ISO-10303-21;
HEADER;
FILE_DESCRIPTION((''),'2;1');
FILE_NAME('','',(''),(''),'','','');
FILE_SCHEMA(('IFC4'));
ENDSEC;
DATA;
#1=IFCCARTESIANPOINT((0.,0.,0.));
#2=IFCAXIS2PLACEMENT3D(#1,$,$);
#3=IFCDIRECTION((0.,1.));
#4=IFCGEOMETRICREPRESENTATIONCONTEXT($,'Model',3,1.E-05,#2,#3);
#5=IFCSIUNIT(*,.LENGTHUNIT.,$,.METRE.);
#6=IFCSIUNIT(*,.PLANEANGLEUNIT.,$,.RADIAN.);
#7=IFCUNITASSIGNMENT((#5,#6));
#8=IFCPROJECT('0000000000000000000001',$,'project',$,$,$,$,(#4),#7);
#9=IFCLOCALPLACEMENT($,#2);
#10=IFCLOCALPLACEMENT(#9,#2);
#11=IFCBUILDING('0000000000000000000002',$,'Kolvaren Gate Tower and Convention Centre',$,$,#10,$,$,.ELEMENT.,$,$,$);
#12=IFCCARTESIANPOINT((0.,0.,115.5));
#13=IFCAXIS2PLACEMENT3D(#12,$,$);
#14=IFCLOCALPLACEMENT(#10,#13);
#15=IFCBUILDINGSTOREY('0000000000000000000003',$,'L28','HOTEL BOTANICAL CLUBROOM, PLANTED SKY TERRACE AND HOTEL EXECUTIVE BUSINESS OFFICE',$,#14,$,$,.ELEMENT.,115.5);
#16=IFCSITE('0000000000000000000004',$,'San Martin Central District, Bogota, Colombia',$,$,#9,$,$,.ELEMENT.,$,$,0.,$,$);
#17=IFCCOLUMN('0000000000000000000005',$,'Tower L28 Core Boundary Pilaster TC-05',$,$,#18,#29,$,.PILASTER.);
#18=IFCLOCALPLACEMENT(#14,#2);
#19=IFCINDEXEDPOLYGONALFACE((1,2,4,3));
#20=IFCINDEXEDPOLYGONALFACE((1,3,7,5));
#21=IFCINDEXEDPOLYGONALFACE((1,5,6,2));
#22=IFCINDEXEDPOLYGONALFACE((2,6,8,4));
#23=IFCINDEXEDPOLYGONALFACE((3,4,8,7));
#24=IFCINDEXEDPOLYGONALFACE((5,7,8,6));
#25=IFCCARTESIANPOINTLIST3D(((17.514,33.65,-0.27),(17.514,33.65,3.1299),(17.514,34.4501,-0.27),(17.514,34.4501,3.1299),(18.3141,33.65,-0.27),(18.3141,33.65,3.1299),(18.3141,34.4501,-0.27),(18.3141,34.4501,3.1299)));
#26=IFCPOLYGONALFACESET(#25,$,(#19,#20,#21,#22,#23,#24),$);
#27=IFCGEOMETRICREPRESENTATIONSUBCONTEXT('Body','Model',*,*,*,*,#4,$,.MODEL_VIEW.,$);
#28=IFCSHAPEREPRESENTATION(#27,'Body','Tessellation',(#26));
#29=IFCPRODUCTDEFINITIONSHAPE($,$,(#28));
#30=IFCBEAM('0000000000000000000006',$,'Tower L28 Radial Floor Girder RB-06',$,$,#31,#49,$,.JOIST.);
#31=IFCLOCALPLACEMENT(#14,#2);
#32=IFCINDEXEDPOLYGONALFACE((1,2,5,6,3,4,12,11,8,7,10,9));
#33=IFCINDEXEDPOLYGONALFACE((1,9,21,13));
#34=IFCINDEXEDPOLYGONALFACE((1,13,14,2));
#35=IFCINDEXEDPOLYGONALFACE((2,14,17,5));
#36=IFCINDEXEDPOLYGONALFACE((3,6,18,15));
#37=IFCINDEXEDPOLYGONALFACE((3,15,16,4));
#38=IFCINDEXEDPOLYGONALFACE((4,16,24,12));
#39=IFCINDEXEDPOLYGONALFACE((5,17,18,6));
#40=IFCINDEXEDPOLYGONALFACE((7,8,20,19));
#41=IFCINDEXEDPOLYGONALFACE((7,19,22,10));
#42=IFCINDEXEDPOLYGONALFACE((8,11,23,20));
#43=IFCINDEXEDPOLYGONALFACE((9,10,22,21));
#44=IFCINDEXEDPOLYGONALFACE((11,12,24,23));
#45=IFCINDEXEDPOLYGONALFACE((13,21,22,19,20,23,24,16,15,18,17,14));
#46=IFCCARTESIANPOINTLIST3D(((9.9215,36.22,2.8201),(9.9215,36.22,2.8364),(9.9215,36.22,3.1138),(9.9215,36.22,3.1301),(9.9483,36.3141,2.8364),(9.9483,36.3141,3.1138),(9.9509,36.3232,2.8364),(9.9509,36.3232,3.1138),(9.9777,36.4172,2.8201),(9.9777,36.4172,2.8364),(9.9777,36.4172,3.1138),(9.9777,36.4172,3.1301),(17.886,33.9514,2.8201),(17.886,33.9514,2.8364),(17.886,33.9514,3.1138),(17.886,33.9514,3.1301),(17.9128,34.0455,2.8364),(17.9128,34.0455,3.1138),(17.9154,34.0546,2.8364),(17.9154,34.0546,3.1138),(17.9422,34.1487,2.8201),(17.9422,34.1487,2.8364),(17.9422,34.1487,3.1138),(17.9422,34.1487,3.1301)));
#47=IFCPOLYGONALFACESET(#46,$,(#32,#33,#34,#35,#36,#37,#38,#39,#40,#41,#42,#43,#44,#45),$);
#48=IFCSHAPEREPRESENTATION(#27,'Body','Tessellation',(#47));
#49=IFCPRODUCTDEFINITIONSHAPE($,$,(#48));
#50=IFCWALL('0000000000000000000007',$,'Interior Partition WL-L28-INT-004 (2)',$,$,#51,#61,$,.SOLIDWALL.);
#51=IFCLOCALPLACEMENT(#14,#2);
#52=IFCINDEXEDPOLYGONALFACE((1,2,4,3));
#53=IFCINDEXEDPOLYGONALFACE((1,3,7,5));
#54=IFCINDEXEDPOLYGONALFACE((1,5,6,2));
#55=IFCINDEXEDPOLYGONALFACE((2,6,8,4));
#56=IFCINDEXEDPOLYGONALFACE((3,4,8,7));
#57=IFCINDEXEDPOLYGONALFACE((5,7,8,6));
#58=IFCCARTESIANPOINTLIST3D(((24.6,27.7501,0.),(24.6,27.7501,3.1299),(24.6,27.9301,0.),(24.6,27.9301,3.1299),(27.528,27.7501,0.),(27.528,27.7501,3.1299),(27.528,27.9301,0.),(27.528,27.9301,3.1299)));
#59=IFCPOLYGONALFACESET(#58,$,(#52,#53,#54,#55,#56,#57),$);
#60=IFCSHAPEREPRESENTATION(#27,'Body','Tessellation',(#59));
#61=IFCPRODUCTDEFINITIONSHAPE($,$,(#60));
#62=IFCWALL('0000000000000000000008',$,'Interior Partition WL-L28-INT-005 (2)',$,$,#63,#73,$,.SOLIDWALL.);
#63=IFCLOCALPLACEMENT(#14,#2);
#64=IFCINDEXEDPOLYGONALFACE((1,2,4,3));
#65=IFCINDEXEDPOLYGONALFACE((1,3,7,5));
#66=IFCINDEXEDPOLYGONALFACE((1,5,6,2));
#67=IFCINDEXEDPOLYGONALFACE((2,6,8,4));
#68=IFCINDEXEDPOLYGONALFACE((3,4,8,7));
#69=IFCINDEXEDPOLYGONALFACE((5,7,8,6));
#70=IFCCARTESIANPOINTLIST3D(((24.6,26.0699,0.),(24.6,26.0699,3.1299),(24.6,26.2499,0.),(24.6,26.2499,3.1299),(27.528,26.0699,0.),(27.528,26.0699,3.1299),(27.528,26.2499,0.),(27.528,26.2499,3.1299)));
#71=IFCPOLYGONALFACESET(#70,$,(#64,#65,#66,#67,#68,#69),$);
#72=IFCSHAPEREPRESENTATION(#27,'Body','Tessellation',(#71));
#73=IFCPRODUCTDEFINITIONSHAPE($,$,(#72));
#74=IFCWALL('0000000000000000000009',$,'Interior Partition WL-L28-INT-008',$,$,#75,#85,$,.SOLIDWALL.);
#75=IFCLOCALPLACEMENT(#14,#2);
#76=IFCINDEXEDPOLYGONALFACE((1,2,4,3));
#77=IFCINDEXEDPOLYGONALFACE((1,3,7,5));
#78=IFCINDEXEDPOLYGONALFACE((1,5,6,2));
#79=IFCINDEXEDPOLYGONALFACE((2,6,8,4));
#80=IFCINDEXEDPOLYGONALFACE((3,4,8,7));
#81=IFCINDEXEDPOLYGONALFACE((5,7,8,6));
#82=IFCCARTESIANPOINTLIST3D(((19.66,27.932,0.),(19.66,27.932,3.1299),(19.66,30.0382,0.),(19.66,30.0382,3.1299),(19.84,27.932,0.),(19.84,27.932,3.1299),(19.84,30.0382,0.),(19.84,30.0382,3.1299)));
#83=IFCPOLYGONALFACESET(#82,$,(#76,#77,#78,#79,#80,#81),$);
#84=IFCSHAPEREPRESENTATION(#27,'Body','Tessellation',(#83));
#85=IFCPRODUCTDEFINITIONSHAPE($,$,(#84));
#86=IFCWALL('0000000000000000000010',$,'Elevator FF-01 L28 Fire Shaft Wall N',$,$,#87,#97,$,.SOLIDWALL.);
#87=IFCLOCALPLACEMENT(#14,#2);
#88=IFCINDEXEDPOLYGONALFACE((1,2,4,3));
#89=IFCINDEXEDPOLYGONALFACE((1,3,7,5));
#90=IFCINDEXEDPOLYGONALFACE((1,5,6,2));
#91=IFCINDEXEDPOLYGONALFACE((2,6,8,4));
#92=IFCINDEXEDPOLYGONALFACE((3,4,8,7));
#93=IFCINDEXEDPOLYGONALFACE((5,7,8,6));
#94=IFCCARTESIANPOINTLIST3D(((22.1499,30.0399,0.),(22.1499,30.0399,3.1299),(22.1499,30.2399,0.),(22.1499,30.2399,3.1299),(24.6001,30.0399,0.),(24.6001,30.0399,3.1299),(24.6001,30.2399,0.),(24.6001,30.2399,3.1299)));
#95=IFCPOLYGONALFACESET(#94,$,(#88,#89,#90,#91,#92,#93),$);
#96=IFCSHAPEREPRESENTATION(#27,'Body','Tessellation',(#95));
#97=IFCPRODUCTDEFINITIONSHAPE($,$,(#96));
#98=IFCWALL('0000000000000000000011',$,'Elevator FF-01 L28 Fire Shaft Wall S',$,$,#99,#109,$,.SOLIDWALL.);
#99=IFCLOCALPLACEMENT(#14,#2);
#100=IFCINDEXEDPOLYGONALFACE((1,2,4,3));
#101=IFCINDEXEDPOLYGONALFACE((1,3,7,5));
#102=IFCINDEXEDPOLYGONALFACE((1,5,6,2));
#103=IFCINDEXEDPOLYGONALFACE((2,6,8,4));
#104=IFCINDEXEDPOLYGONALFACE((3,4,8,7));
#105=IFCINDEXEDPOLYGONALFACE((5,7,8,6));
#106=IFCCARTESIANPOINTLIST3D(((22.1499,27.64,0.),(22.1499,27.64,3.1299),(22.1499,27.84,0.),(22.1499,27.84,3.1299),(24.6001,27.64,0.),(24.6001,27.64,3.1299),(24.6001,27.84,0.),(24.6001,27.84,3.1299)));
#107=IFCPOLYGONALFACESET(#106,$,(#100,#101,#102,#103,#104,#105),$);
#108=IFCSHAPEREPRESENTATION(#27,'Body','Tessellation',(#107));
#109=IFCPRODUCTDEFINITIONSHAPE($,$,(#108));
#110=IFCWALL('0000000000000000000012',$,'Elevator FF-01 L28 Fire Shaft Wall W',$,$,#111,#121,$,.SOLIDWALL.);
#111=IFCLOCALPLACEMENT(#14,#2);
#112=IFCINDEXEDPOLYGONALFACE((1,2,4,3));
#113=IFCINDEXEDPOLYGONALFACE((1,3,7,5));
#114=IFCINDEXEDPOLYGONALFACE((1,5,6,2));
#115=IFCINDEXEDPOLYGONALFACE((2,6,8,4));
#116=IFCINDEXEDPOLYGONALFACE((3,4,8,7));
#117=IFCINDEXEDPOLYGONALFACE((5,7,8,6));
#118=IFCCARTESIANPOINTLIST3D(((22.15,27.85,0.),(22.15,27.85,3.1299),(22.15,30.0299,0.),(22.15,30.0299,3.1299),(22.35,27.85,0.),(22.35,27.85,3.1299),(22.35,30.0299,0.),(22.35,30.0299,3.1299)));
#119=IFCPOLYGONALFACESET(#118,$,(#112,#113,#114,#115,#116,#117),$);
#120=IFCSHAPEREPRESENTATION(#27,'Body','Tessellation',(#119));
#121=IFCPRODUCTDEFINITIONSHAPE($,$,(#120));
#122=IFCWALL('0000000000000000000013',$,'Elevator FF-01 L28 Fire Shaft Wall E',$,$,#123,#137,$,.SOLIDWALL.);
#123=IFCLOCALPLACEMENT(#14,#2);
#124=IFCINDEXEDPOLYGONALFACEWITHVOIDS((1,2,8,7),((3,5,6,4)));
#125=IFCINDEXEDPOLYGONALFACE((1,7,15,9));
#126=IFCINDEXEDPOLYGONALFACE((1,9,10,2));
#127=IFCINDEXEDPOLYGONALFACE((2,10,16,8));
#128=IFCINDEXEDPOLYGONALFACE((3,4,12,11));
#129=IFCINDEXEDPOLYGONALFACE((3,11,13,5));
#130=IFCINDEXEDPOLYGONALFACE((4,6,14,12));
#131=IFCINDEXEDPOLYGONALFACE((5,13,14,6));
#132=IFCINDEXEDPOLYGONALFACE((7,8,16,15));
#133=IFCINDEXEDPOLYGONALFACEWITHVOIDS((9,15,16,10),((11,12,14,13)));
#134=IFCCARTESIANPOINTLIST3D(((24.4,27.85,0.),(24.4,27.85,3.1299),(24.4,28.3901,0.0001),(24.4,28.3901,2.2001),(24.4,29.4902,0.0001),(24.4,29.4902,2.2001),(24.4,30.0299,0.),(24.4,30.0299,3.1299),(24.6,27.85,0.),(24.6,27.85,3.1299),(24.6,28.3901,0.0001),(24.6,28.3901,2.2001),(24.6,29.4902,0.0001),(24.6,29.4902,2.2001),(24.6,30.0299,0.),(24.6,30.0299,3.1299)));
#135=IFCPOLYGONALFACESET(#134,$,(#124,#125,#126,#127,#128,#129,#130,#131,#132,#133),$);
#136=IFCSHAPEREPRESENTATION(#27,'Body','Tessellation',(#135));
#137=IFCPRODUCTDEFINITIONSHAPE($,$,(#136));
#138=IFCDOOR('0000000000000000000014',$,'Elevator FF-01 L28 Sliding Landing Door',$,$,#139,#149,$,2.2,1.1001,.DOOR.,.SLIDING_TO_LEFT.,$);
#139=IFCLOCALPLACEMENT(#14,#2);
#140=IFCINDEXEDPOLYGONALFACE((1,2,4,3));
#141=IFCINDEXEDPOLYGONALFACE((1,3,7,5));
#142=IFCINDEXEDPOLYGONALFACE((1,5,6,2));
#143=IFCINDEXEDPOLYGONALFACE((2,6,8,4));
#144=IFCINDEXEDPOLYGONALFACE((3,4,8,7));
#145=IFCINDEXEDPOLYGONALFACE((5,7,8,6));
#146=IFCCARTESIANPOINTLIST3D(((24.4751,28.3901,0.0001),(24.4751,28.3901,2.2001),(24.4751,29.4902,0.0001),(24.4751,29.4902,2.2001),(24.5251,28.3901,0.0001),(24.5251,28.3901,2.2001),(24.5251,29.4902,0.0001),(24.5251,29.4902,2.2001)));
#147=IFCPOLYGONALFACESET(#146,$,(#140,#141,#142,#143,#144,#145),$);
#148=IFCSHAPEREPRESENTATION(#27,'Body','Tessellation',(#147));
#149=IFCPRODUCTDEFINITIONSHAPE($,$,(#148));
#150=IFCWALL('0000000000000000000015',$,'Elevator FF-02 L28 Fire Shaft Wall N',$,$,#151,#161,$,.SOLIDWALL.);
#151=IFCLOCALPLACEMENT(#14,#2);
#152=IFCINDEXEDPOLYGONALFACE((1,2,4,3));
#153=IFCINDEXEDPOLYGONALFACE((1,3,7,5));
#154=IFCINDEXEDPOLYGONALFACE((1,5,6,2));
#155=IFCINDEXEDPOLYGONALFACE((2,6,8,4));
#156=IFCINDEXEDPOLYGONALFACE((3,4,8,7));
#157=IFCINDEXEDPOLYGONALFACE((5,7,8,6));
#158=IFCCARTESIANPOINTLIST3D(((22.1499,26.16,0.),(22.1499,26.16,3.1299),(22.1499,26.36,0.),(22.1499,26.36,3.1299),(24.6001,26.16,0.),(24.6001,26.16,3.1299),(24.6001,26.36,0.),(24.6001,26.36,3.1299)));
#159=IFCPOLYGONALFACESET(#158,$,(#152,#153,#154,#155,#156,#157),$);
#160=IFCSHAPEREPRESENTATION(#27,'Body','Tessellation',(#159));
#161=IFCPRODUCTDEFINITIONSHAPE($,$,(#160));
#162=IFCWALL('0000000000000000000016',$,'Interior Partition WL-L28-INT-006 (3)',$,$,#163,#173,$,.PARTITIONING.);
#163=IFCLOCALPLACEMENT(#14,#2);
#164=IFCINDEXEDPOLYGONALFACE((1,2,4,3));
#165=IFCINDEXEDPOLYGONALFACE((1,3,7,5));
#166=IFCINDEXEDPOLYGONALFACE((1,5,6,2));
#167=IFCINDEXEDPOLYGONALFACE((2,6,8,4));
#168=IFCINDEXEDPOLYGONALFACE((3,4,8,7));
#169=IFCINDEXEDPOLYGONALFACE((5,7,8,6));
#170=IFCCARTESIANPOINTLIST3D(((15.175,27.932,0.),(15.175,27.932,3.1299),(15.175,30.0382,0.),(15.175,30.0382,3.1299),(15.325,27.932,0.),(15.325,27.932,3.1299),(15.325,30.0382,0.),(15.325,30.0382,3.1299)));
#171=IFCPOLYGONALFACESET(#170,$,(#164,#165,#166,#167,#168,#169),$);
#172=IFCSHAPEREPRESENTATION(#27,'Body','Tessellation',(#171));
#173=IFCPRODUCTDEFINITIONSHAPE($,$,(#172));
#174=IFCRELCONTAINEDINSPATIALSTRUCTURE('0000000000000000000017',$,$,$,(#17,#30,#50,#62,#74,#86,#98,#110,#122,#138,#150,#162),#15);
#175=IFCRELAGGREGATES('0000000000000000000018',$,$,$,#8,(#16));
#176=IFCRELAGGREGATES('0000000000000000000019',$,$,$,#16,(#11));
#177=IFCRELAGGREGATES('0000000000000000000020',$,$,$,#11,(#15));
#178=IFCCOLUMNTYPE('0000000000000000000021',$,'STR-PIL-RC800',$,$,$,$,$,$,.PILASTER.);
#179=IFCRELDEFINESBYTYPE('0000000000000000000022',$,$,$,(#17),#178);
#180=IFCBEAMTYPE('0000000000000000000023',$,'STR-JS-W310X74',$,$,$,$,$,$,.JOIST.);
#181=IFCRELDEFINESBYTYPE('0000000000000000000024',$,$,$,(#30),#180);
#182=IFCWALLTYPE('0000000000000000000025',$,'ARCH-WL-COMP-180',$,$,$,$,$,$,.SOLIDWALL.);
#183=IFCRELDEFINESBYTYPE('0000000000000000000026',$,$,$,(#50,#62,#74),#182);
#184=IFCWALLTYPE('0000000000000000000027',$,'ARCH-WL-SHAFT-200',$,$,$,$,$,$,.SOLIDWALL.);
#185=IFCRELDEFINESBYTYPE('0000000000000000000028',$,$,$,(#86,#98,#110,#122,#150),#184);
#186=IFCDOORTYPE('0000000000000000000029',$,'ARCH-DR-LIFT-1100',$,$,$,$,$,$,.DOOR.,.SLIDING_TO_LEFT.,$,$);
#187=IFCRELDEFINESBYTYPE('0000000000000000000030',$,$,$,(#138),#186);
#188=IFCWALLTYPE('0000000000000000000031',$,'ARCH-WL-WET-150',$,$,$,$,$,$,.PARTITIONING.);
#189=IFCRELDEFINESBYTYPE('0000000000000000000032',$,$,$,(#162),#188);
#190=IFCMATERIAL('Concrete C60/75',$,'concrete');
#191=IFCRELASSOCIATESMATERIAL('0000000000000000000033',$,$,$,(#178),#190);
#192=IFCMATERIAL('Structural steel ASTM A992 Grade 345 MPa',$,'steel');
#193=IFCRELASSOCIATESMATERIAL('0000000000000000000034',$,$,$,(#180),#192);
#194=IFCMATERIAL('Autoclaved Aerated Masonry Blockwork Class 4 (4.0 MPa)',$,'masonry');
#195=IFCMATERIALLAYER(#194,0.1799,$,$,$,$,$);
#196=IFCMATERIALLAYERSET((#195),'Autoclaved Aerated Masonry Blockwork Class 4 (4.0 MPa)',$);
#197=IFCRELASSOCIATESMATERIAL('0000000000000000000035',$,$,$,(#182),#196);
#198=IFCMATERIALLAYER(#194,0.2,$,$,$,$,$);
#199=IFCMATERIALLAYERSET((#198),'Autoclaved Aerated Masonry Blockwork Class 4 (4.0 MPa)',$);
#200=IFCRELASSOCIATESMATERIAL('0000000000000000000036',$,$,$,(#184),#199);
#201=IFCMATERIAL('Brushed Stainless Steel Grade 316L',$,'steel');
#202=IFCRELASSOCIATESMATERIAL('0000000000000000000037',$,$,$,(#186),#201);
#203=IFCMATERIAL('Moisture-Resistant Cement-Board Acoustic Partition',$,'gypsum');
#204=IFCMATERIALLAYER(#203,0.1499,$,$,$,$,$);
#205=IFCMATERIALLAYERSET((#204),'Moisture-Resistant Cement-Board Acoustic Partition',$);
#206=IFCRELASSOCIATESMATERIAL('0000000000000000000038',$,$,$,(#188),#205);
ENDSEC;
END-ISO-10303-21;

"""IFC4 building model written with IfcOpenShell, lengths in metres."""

from ifc_helpers import new_model, si_unit, direction, frame, frame_2d, origin, origin_2d, place, context, subcontext, project, spatial, rectangle, i_section, extrude, material, layer, layer_set, material_profile, profile_set, type_object, element, fill, save


model = new_model("IFC4")

# Units and contexts
model_context = context("Model", 3, precision=1e-05, world=origin(), true_north=direction((0.0, 1.0)))
body_context = subcontext(model_context, "Body", "Model", "MODEL_VIEW")
ifc_project = project(units=[si_unit("LENGTHUNIT", "METRE"), si_unit("PLANEANGLEUNIT", "RADIAN")], contexts=[model_context])

# Site, building, storey
site_placement = place(None, origin())
site = spatial("IfcSite", under=ifc_project, at=site_placement, Name="San Martin Central District, Bogota, Colombia", CompositionType="ELEMENT", RefElevation=0.0)
building_placement = place(site_placement, origin())
building = spatial("IfcBuilding", under=site, at=building_placement, Name="Kolvaren Gate Tower and Convention Centre", CompositionType="ELEMENT")
storey_placement = place(building_placement, frame((0.0, 0.0, 115.5)))
storey = spatial("IfcBuildingStorey", under=building, at=storey_placement, Name="L28", Description="HOTEL BOTANICAL CLUBROOM, PLANTED SKY TERRACE AND HOTEL EXECUTIVE BUSINESS OFFICE", CompositionType="ELEMENT", Elevation=115.5)

# Column
ifc_material_1 = material(Name="Concrete C60/75", Category="concrete")
ifc_material_profile_1 = material_profile(ifc_material_1, rectangle(XDim=0.8, YDim=0.8, at=origin_2d()), Name="RC-COL-800X800")
ifc_profile_set_1 = profile_set([ifc_material_profile_1], Name="Concrete C60/75")
column_type = type_object("IfcColumnType", Name="STR-PIL-RC800", PredefinedType="PILASTER", material=ifc_profile_set_1)
column_placement = place(storey_placement, frame((17.9141, 34.05, -0.27), z_axis=(0.0, 0.0, 1.0), x_axis=(1.0, 0.0, 0.0)))
element("IfcColumn", 1, at=column_placement, inside=storey, type_object=column_type, Name="Tower L28 Core Boundary Pilaster TC-05", PredefinedType="PILASTER", context=body_context, shape_type="SweptSolid", body=[
    extrude(rectangle(XDim=0.8, YDim=0.8, at=origin_2d()), origin(), (0.0, 0.0, 1.0), 3.3999),
])

# Beam
ifc_material_2 = material(Name="Structural steel ASTM A992 Grade 345 MPa", Category="steel")
ifc_material_profile_2 = material_profile(ifc_material_2, i_section(OverallWidth=0.2051, OverallDepth=0.3101, WebThickness=0.0095, FlangeThickness=0.0164, at=origin_2d()), Name="W310X74")
ifc_profile_set_2 = profile_set([ifc_material_profile_2], Name="Structural steel ASTM A992 Grade 345 MPa")
beam_type = type_object("IfcBeamType", Name="STR-JS-W310X74", PredefinedType="JOIST", material=ifc_profile_set_2)
beam_placement = place(storey_placement, frame((17.9141, 34.05, 2.9751), z_axis=(-0.961746, 0.273942, 0.0), x_axis=(-0.273942, -0.961746, 0.0)))
element("IfcBeam", 2, at=beam_placement, inside=storey, type_object=beam_type, Name="Tower L28 Radial Floor Girder RB-06", PredefinedType="JOIST", context=body_context, shape_type="SweptSolid", body=[
    extrude(i_section(OverallWidth=0.2051, OverallDepth=0.3101, WebThickness=0.0095, FlangeThickness=0.0164, at=origin_2d()), origin(), (0.0, 0.0, 1.0), 8.2812),
])

# Walls
ifc_material_3 = material(Name="Autoclaved Aerated Masonry Blockwork Class 4 (4.0 MPa)", Category="masonry")
ifc_layer_1 = layer(ifc_material_3, 0.1799)
ifc_layer_set_1 = layer_set([ifc_layer_1], Name="Autoclaved Aerated Masonry Blockwork Class 4 (4.0 MPa)")
wall_type_1 = type_object("IfcWallType", Name="ARCH-WL-COMP-180", PredefinedType="SOLIDWALL", material=ifc_layer_set_1)
for number, where, z_axis, x_axis, name in (
    (3, (24.6001, 27.8401, 0.0), (0.0, 0.0, 1.0), (1.0, 0.0, 0.0), "Interior Partition WL-L28-INT-004 (2)"),
    (4, (24.6001, 26.1599, 0.0), (0.0, 0.0, 1.0), (1.0, 0.0, 0.0), "Interior Partition WL-L28-INT-005 (2)"),
):
    element("IfcWall", number, at=place(storey_placement, frame(where, z_axis=z_axis, x_axis=x_axis)), inside=storey, type_object=wall_type_1, Name=name, PredefinedType="SOLIDWALL", context=body_context, shape_type="SweptSolid", body=[
        extrude(rectangle(XDim=2.928, YDim=0.1799, at=frame_2d((1.4639, 0.0))), origin(), (0.0, 0.0, 1.0), 3.1299),
    ])
wall_1_placement = place(storey_placement, frame((19.75, 27.9319, 0.0), z_axis=(0.0, 0.0, 1.0), x_axis=(0.0, 1.0, 0.0)))
element("IfcWall", 5, at=wall_1_placement, inside=storey, type_object=wall_type_1, Name="Interior Partition WL-L28-INT-008", PredefinedType="SOLIDWALL", context=body_context, shape_type="SweptSolid", body=[
    extrude(rectangle(XDim=2.1062, YDim=0.1799, at=frame_2d((1.0532, 0.0))), origin(), (0.0, 0.0, 1.0), 3.1299),
])
ifc_layer_2 = layer(ifc_material_3, 0.2)
ifc_layer_set_2 = layer_set([ifc_layer_2], Name="Autoclaved Aerated Masonry Blockwork Class 4 (4.0 MPa)")
wall_type_2 = type_object("IfcWallType", Name="ARCH-WL-SHAFT-200", PredefinedType="SOLIDWALL", material=ifc_layer_set_2)
for number, where, z_axis, x_axis, name in (
    (6, (22.1499, 30.1399, 0.0), (0.0, 0.0, 1.0), (1.0, 0.0, 0.0), "Elevator FF-01 L28 Fire Shaft Wall N"),
    (7, (22.1499, 27.74, 0.0), (0.0, 0.0, 1.0), (1.0, 0.0, 0.0), "Elevator FF-01 L28 Fire Shaft Wall S"),
):
    element("IfcWall", number, at=place(storey_placement, frame(where, z_axis=z_axis, x_axis=x_axis)), inside=storey, type_object=wall_type_2, Name=name, PredefinedType="SOLIDWALL", context=body_context, shape_type="SweptSolid", body=[
        extrude(rectangle(XDim=2.4502, YDim=0.2, at=frame_2d((1.2251, 0.0))), origin(), (0.0, 0.0, 1.0), 3.1299),
    ])
wall_2_placement = place(storey_placement, frame((22.25, 27.8501, 0.0), z_axis=(0.0, 0.0, 1.0), x_axis=(0.0, 1.0, 0.0)))
element("IfcWall", 8, at=wall_2_placement, inside=storey, type_object=wall_type_2, Name="Elevator FF-01 L28 Fire Shaft Wall W", PredefinedType="SOLIDWALL", context=body_context, shape_type="SweptSolid", body=[
    extrude(rectangle(XDim=2.1799, YDim=0.2, at=frame_2d((1.0898, 0.0))), origin(), (0.0, 0.0, 1.0), 3.1299),
])

# Wall, opening, door
wall_3_placement = place(storey_placement, frame((24.5, 27.8501, 0.0), z_axis=(0.0, 0.0, 1.0), x_axis=(0.0, 1.0, 0.0)))
wall_3 = element("IfcWall", 9, at=wall_3_placement, inside=storey, type_object=wall_type_2, Name="Elevator FF-01 L28 Fire Shaft Wall E", PredefinedType="SOLIDWALL", context=body_context, shape_type="SweptSolid", body=[
    extrude(rectangle(XDim=2.1799, YDim=0.2, at=frame_2d((1.0898, 0.0))), origin(), (0.0, 0.0, 1.0), 3.1299),
])
opening_1_placement = place(wall_3_placement, frame((0.54, 0.0, 0.0)))
opening_1 = element("IfcOpeningElement", 10, at=opening_1_placement, cuts=wall_3, PredefinedType="OPENING", context=body_context, shape_type="SweptSolid", body=[
    extrude(rectangle(XDim=1.1001, YDim=2.2, at=frame_2d((0.55, 1.1001))), frame((0.0, 0.1099, 0.0), z_axis=(0.0, -1.0, 0.0), x_axis=(1.0, 0.0, 0.0)), (0.0, 0.0, 1.0), 0.22),
])
ifc_material_4 = material(Name="Brushed Stainless Steel Grade 316L", Category="steel")
door_type_1 = type_object("IfcDoorType", Name="ARCH-DR-LIFT-1100", OperationType="SLIDING_TO_LEFT", PredefinedType="DOOR", material=ifc_material_4)
door_1_placement = place(opening_1_placement, origin())
door_1 = element("IfcDoor", 11, at=door_1_placement, inside=storey, type_object=door_type_1, Name="Elevator FF-01 L28 Sliding Landing Door", OperationType="SLIDING_TO_LEFT", OverallHeight=2.2, OverallWidth=1.1001, PredefinedType="DOOR", context=body_context, shape_type="SweptSolid", body=[
    extrude(rectangle(XDim=1.1001, YDim=2.2, at=frame_2d((0.55, 1.1001))), frame((0.0, 0.0249, 0.0), z_axis=(0.0, -1.0, 0.0), x_axis=(1.0, 0.0, 0.0)), (0.0, 0.0, 1.0), 0.05),
])
fill(opening_1, door_1)

# Walls
wall_4_placement = place(storey_placement, frame((22.1499, 26.26, 0.0), z_axis=(0.0, 0.0, 1.0), x_axis=(1.0, 0.0, 0.0)))
element("IfcWall", 12, at=wall_4_placement, inside=storey, type_object=wall_type_2, Name="Elevator FF-02 L28 Fire Shaft Wall N", PredefinedType="SOLIDWALL", context=body_context, shape_type="SweptSolid", body=[
    extrude(rectangle(XDim=2.4502, YDim=0.2, at=frame_2d((1.2251, 0.0))), origin(), (0.0, 0.0, 1.0), 3.1299),
])
ifc_material_5 = material(Name="Moisture-Resistant Cement-Board Acoustic Partition", Category="gypsum")
ifc_layer_3 = layer(ifc_material_5, 0.1499)
ifc_layer_set_3 = layer_set([ifc_layer_3], Name="Moisture-Resistant Cement-Board Acoustic Partition")
wall_type_3 = type_object("IfcWallType", Name="ARCH-WL-WET-150", PredefinedType="PARTITIONING", material=ifc_layer_set_3)
wall_5_placement = place(storey_placement, frame((15.25, 27.9319, 0.0), z_axis=(0.0, 0.0, 1.0), x_axis=(0.0, 1.0, 0.0)))
element("IfcWall", 13, at=wall_5_placement, inside=storey, type_object=wall_type_3, Name="Interior Partition WL-L28-INT-006 (3)", PredefinedType="PARTITIONING", context=body_context, shape_type="SweptSolid", body=[
    extrude(rectangle(XDim=2.1062, YDim=0.1499, at=frame_2d((1.0532, 0.0))), origin(), (0.0, 0.0, 1.0), 3.1299),
])

save(model, "model.ifc")
